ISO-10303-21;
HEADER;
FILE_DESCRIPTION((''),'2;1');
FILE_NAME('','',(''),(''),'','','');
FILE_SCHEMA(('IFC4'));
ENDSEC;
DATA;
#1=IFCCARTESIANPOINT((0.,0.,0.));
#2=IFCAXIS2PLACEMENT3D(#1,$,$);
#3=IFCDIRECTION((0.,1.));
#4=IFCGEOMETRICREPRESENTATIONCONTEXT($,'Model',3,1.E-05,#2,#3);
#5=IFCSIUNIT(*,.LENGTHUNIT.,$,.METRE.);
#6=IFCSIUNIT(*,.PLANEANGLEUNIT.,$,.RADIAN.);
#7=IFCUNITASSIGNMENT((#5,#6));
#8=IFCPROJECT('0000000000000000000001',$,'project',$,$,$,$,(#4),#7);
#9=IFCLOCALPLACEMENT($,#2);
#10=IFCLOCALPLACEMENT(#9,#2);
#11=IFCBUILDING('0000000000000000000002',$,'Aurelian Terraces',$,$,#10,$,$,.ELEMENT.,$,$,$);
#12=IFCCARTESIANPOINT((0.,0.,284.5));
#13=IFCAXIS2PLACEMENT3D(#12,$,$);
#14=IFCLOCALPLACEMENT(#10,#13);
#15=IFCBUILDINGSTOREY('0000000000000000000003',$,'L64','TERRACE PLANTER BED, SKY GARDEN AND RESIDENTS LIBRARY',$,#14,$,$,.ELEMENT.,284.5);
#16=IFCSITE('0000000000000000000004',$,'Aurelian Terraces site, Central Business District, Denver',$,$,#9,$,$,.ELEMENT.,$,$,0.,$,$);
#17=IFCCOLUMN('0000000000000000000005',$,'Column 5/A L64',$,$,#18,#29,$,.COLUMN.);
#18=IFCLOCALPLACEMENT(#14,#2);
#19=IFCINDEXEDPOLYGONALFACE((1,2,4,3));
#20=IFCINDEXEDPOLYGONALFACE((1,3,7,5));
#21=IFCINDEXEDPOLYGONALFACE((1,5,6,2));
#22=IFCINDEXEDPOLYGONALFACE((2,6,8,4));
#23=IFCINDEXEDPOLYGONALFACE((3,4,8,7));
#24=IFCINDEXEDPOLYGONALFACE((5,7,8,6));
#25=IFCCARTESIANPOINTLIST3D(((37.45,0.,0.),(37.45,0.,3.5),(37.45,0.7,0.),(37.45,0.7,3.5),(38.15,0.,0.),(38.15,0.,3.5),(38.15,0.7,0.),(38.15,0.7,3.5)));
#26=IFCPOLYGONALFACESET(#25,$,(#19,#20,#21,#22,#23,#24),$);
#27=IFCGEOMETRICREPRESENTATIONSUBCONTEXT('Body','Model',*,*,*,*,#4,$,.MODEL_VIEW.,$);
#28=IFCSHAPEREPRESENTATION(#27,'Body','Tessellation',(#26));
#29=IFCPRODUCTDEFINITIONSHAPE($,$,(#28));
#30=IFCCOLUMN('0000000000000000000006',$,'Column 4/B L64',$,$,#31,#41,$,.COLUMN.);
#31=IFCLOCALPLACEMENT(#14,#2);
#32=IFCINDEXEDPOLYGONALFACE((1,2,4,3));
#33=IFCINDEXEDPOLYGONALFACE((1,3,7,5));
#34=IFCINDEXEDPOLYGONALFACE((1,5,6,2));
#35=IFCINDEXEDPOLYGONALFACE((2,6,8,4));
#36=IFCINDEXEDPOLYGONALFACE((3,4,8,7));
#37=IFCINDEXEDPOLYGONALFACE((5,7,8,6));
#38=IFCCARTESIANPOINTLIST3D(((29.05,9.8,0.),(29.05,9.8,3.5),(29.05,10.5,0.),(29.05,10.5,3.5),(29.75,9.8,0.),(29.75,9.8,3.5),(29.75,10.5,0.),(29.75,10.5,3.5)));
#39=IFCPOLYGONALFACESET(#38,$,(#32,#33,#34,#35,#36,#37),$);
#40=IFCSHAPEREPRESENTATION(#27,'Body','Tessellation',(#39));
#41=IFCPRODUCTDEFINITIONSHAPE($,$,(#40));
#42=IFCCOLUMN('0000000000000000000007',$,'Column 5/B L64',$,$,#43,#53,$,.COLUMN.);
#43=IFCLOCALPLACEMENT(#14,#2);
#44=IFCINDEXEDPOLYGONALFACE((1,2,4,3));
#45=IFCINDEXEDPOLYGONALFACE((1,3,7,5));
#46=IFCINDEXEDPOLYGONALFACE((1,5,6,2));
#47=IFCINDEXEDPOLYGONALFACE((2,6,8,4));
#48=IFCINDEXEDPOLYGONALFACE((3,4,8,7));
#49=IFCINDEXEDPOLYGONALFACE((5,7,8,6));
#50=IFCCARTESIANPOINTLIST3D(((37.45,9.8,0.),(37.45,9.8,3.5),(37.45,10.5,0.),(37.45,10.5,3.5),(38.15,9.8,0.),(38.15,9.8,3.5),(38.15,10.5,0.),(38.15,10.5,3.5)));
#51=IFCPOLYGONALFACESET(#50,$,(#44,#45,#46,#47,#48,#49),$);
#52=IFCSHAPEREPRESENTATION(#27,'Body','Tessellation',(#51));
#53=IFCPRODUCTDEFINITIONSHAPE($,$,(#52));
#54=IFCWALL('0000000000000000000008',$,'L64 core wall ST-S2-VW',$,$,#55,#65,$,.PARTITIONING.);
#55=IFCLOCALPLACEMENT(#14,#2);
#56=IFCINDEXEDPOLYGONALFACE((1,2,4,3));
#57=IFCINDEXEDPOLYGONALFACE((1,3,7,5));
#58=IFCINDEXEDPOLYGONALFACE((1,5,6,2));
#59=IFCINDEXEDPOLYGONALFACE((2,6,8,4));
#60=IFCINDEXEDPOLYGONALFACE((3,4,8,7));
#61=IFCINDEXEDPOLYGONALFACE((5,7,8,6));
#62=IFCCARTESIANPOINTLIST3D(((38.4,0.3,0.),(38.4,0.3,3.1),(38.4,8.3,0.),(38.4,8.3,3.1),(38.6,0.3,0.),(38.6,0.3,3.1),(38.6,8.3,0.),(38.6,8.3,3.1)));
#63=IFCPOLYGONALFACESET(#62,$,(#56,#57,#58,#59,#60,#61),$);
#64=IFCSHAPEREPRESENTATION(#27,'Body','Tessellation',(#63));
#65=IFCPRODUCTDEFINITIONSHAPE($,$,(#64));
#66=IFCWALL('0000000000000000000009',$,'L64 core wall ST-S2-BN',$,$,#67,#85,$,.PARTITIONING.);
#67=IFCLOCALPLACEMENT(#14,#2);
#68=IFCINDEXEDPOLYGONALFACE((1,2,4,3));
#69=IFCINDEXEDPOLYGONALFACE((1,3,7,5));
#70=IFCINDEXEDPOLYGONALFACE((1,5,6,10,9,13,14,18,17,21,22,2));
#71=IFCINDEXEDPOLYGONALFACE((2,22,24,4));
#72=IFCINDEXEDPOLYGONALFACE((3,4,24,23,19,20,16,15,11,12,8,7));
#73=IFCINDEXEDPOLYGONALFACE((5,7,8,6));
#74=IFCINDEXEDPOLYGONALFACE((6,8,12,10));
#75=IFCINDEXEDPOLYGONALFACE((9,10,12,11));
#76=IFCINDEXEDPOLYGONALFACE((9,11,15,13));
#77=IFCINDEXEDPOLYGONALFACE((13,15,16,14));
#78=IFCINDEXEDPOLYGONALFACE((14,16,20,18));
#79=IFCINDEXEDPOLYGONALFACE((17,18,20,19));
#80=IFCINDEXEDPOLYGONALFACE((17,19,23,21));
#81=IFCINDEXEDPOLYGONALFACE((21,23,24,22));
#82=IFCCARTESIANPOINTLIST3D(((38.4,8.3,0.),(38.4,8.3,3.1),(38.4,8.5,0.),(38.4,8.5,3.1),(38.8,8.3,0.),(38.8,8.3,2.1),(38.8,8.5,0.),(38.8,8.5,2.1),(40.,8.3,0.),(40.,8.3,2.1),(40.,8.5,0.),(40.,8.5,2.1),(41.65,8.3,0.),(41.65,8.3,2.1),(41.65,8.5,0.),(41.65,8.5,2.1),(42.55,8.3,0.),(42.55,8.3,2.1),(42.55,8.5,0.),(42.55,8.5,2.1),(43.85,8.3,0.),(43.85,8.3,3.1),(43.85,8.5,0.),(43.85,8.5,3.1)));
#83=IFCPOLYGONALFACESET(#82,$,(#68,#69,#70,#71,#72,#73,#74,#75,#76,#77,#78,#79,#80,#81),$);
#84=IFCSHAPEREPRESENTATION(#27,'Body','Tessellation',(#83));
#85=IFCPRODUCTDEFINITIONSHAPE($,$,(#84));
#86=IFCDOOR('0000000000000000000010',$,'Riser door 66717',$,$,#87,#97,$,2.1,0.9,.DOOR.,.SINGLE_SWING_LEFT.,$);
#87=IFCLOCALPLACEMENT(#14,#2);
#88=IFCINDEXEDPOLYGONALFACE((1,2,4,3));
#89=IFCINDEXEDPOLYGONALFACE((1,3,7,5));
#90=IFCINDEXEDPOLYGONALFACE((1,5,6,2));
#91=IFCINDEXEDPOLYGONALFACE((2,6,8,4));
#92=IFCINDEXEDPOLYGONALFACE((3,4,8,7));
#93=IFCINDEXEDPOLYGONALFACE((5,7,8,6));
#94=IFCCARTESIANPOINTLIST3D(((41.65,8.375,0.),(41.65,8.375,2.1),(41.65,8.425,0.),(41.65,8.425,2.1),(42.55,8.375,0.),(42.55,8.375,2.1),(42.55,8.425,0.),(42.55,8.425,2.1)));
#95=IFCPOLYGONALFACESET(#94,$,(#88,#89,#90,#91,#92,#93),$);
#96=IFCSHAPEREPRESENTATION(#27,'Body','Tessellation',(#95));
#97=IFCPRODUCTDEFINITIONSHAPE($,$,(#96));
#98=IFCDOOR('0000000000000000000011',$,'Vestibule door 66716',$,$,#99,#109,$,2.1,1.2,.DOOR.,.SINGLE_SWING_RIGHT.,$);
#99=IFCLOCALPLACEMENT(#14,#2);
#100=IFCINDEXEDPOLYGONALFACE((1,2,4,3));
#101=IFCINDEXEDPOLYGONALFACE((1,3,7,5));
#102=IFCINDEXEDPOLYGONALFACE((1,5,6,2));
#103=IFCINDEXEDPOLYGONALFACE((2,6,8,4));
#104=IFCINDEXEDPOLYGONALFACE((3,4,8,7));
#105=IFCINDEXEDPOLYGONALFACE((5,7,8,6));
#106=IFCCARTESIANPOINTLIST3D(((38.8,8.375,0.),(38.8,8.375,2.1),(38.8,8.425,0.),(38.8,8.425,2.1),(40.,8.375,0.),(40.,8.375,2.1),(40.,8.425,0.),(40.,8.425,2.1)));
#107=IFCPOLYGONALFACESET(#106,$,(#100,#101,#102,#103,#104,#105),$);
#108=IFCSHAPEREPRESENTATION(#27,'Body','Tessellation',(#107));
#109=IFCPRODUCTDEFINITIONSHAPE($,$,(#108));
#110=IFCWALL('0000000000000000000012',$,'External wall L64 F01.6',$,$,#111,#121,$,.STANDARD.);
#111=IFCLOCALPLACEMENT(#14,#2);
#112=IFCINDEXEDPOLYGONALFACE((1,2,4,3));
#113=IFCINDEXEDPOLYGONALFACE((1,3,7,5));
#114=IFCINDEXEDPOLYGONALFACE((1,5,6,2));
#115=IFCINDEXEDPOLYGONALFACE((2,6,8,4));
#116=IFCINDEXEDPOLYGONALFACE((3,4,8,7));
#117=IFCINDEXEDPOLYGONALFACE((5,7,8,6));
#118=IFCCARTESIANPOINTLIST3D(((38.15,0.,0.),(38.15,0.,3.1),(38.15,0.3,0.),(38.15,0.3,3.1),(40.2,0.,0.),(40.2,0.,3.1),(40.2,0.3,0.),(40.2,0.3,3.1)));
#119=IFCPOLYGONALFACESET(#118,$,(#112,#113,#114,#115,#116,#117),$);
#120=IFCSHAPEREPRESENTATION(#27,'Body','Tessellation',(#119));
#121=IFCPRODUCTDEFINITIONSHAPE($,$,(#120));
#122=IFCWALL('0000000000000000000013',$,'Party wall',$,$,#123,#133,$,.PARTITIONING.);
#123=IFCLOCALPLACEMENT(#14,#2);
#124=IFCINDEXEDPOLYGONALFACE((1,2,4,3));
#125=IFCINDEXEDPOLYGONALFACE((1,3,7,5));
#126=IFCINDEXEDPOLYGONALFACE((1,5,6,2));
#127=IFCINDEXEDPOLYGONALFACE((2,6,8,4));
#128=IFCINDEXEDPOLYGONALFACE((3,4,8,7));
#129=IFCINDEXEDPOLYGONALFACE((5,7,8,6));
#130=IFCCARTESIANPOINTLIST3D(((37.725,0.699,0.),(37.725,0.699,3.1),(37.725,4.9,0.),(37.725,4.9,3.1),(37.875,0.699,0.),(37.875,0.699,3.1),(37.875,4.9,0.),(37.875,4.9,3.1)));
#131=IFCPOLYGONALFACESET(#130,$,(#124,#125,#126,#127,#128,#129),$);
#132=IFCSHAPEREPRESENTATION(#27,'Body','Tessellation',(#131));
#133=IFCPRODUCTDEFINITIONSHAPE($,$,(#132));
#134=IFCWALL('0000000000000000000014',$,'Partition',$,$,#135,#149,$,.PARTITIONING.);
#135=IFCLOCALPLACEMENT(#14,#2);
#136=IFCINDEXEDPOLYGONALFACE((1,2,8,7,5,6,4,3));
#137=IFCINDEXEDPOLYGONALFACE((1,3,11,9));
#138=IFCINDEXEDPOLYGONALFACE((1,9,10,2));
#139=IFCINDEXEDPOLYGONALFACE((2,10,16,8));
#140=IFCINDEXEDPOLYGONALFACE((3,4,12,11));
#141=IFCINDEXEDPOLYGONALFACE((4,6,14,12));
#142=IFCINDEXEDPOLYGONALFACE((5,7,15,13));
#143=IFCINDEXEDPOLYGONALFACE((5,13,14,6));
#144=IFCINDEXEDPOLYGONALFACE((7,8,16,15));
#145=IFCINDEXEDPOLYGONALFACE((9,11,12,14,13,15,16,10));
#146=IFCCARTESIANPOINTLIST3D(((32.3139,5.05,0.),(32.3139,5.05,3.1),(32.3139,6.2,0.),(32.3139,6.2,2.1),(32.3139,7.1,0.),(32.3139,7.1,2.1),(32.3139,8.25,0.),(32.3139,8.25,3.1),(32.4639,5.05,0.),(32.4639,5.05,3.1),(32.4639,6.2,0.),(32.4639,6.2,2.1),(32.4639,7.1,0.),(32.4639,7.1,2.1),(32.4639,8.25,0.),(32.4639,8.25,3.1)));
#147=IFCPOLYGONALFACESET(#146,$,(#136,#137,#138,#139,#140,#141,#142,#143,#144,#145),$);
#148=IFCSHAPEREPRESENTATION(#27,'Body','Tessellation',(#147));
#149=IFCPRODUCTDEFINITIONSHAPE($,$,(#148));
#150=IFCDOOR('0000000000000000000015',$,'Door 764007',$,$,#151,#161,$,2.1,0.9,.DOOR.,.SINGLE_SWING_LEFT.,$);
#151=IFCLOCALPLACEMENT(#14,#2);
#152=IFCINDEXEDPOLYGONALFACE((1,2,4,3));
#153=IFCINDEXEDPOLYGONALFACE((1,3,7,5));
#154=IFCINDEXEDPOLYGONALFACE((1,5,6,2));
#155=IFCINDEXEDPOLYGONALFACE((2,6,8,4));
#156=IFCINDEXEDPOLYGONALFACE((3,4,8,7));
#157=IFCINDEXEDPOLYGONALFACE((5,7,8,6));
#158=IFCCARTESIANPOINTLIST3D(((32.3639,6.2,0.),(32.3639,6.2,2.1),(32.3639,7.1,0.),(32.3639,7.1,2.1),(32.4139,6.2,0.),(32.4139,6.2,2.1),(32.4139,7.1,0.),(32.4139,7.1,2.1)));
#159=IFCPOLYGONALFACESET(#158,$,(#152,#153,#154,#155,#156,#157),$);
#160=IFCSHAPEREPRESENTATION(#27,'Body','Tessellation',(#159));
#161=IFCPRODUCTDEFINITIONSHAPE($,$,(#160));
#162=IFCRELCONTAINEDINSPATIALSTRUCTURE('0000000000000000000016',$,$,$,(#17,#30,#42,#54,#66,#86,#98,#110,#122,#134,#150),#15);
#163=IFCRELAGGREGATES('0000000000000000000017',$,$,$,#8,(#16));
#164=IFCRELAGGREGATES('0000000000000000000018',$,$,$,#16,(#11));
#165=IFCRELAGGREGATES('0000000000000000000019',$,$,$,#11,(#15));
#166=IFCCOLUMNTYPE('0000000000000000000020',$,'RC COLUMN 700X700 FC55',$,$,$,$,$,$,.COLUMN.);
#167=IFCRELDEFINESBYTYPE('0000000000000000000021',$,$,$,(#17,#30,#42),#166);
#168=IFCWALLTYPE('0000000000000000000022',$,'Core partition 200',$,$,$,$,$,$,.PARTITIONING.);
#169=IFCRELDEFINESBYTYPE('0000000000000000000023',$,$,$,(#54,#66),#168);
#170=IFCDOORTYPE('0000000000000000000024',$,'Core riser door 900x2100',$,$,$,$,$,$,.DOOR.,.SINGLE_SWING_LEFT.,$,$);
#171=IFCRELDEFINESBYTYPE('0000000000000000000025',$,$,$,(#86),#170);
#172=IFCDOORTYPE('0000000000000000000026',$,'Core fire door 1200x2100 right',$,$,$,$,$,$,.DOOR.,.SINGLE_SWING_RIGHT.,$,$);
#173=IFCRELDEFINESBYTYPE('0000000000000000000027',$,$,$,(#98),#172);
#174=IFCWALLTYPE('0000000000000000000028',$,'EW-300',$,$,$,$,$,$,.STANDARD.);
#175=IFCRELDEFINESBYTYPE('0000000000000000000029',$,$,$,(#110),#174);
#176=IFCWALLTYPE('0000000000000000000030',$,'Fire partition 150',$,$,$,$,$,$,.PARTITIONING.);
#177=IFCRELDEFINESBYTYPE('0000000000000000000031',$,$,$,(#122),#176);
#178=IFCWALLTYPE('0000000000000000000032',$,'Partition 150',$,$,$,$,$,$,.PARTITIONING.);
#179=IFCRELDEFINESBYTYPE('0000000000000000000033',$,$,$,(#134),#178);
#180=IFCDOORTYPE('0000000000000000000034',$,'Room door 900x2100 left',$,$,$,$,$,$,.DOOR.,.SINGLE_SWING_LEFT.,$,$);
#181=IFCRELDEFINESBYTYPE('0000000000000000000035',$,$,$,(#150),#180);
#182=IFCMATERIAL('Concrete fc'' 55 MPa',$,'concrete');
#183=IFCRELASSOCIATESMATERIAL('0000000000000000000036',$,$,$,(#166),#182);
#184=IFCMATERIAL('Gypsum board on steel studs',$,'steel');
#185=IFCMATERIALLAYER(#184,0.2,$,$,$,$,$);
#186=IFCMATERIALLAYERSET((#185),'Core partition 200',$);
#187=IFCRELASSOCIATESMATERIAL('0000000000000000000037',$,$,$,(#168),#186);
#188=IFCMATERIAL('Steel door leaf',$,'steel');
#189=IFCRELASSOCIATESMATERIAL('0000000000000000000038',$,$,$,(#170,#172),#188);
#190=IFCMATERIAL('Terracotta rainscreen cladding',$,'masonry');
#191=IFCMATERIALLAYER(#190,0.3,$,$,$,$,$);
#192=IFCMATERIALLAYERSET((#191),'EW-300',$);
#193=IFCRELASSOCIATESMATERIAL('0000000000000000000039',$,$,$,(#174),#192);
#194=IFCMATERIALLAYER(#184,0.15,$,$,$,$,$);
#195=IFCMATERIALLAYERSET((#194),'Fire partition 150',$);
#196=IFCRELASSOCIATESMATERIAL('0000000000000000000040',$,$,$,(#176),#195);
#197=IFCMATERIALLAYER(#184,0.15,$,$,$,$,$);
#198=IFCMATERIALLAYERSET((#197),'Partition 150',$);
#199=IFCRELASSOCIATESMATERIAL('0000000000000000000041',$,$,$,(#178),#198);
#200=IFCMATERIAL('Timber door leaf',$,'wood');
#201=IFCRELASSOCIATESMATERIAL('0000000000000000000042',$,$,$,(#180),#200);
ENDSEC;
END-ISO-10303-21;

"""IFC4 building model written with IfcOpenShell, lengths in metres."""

from ifc_helpers import new_model, si_unit, direction, frame, frame_2d, origin, origin_2d, place, context, subcontext, project, spatial, rectangle, extrude, source, transform, mapped, material, layer, layer_set, material_profile, profile_set, type_object, element, fill, save


model = new_model("IFC4")

# Units and contexts
model_context = context("Model", 3, precision=1e-05, world=origin(), true_north=direction((0.0, 1.0)))
body_context = subcontext(model_context, "Body", "Model", "MODEL_VIEW")
ifc_project = project(units=[si_unit("LENGTHUNIT", "METRE"), si_unit("PLANEANGLEUNIT", "RADIAN")], contexts=[model_context])

# Site, building, storey
site_placement = place(None, origin())
site = spatial("IfcSite", under=ifc_project, at=site_placement, Name="Aurelian Terraces site, Central Business District, Denver", CompositionType="ELEMENT", RefElevation=0.0)
building_placement = place(site_placement, origin())
building = spatial("IfcBuilding", under=site, at=building_placement, Name="Aurelian Terraces", CompositionType="ELEMENT")
storey_placement = place(building_placement, frame((0.0, 0.0, 284.5)))
storey = spatial("IfcBuildingStorey", under=building, at=storey_placement, Name="L64", Description="TERRACE PLANTER BED, SKY GARDEN AND RESIDENTS LIBRARY", CompositionType="ELEMENT", Elevation=284.5)

# Columns
ifc_material_1 = material(Name="Concrete fc' 55 MPa", Category="concrete")
ifc_material_profile = material_profile(ifc_material_1, rectangle(XDim=0.7, YDim=0.7, at=origin_2d()))
ifc_profile_set = profile_set([ifc_material_profile], Name="Concrete fc' 55 MPa")
column_type = type_object("IfcColumnType", Name="RC COLUMN 700X700 FC55", PredefinedType="COLUMN", material=ifc_profile_set)
shared_shape_1 = source(origin(), body_context, "Body", "SweptSolid", [
    extrude(rectangle(XDim=0.7, YDim=0.7, at=origin_2d()), origin(), (0.0, 0.0, 1.0), 3.5),
])
for number, where, z_axis, x_axis, name in (
    (1, (37.8, 0.35, 0.0), (0.0, 0.0, 1.0), (1.0, 0.0, 0.0), "Column 5/A L64"),
    (2, (29.4, 10.15, 0.0), (0.0, 0.0, 1.0), (1.0, 0.0, 0.0), "Column 4/B L64"),
    (3, (37.8, 10.15, 0.0), (0.0, 0.0, 1.0), (1.0, 0.0, 0.0), "Column 5/B L64"),
):
    element("IfcColumn", number, at=place(storey_placement, frame(where, z_axis=z_axis, x_axis=x_axis)), inside=storey, type_object=column_type, Name=name, PredefinedType="COLUMN", context=body_context, shape_type="MappedRepresentation", body=[
        mapped(shared_shape_1, transform((0.0, 0.0, 0.0), scale=1.0)),
    ])

# Wall
ifc_material_2 = material(Name="Gypsum board on steel studs", Category="steel")
ifc_layer_1 = layer(ifc_material_2, 0.2)
ifc_layer_set_1 = layer_set([ifc_layer_1], Name="Core partition 200")
wall_type_1 = type_object("IfcWallType", Name="Core partition 200", PredefinedType="PARTITIONING", material=ifc_layer_set_1)
wall_1_placement = place(storey_placement, frame((38.5, 0.3, 0.0), z_axis=(0.0, 0.0, 1.0), x_axis=(0.0, 1.0, 0.0)))
element("IfcWall", 4, at=wall_1_placement, inside=storey, type_object=wall_type_1, Name="L64 core wall ST-S2-VW", PredefinedType="PARTITIONING", context=body_context, shape_type="SweptSolid", body=[
    extrude(rectangle(XDim=8.0, YDim=0.2, at=frame_2d((4.0, 0.0))), origin(), (0.0, 0.0, 1.0), 3.1),
])

# Wall, openings, doors
wall_2_placement = place(storey_placement, frame((38.4, 8.4, 0.0), z_axis=(0.0, 0.0, 1.0), x_axis=(1.0, 0.0, 0.0)))
wall_2 = element("IfcWall", 5, at=wall_2_placement, inside=storey, type_object=wall_type_1, Name="L64 core wall ST-S2-BN", PredefinedType="PARTITIONING", context=body_context, shape_type="SweptSolid", body=[
    extrude(rectangle(XDim=5.45, YDim=0.2, at=frame_2d((2.725, 0.0))), origin(), (0.0, 0.0, 1.0), 3.1),
])
shared_shape_2 = source(origin(), body_context, "Body", "SweptSolid", [
    extrude(rectangle(XDim=1.2, YDim=2.1, at=frame_2d((0.6, 1.05))), frame((0.0, 0.11, 0.0), z_axis=(0.0, -1.0, 0.0), x_axis=(1.0, 0.0, 0.0)), (0.0, 0.0, 1.0), 0.22),
])
opening_1_placement = place(wall_2_placement, frame((0.4, 0.0, 0.0)))
opening_1 = element("IfcOpeningElement", 6, at=opening_1_placement, cuts=wall_2, PredefinedType="OPENING", context=body_context, shape_type="MappedRepresentation", body=[
    mapped(shared_shape_2, transform((0.0, 0.0, 0.0), scale=1.0)),
])
shared_shape_3 = source(origin(), body_context, "Body", "SweptSolid", [
    extrude(rectangle(XDim=0.9, YDim=2.1, at=frame_2d((0.45, 1.05))), frame((0.0, 0.11, 0.0), z_axis=(0.0, -1.0, 0.0), x_axis=(1.0, 0.0, 0.0)), (0.0, 0.0, 1.0), 0.22),
])
opening_2_placement = place(wall_2_placement, frame((3.25, 0.0, 0.0)))
opening_2 = element("IfcOpeningElement", 7, at=opening_2_placement, cuts=wall_2, PredefinedType="OPENING", context=body_context, shape_type="MappedRepresentation", body=[
    mapped(shared_shape_3, transform((0.0, 0.0, 0.0), scale=1.0)),
])
ifc_material_3 = material(Name="Steel door leaf", Category="steel")
door_type_1 = type_object("IfcDoorType", Name="Core riser door 900x2100", OperationType="SINGLE_SWING_LEFT", PredefinedType="DOOR", material=ifc_material_3)
shared_shape_4 = source(origin(), body_context, "Body", "SweptSolid", [
    extrude(rectangle(XDim=0.9, YDim=2.1, at=frame_2d((0.45, 1.05))), frame((0.0, 0.025, 0.0), z_axis=(0.0, -1.0, 0.0), x_axis=(1.0, 0.0, 0.0)), (0.0, 0.0, 1.0), 0.05),
])
door_1_placement = place(opening_2_placement, origin())
door_1 = element("IfcDoor", 8, at=door_1_placement, inside=storey, type_object=door_type_1, Name="Riser door 66717", OperationType="SINGLE_SWING_LEFT", OverallHeight=2.1, OverallWidth=0.9, PredefinedType="DOOR", context=body_context, shape_type="MappedRepresentation", body=[
    mapped(shared_shape_4, transform((0.0, 0.0, 0.0), scale=1.0)),
])
fill(opening_2, door_1)
door_type_2 = type_object("IfcDoorType", Name="Core fire door 1200x2100 right", OperationType="SINGLE_SWING_RIGHT", PredefinedType="DOOR", material=ifc_material_3)
shared_shape_5 = source(origin(), body_context, "Body", "SweptSolid", [
    extrude(rectangle(XDim=1.2, YDim=2.1, at=frame_2d((0.6, 1.05))), frame((0.0, 0.025, 0.0), z_axis=(0.0, -1.0, 0.0), x_axis=(1.0, 0.0, 0.0)), (0.0, 0.0, 1.0), 0.05),
])
door_2_placement = place(opening_1_placement, origin())
door_2 = element("IfcDoor", 9, at=door_2_placement, inside=storey, type_object=door_type_2, Name="Vestibule door 66716", OperationType="SINGLE_SWING_RIGHT", OverallHeight=2.1, OverallWidth=1.2, PredefinedType="DOOR", context=body_context, shape_type="MappedRepresentation", body=[
    mapped(shared_shape_5, transform((0.0, 0.0, 0.0), scale=1.0)),
])
fill(opening_1, door_2)

# Walls
ifc_material_4 = material(Name="Terracotta rainscreen cladding", Category="masonry")
ifc_layer_2 = layer(ifc_material_4, 0.3)
ifc_layer_set_2 = layer_set([ifc_layer_2], Name="EW-300")
wall_type_2 = type_object("IfcWallType", Name="EW-300", PredefinedType="STANDARD", material=ifc_layer_set_2)
wall_3_placement = place(storey_placement, frame((38.15, 0.15, 0.0), z_axis=(0.0, 0.0, 1.0), x_axis=(1.0, 0.0, 0.0)))
element("IfcWall", 10, at=wall_3_placement, inside=storey, type_object=wall_type_2, Name="External wall L64 F01.6", PredefinedType="STANDARD", context=body_context, shape_type="SweptSolid", body=[
    extrude(rectangle(XDim=2.05, YDim=0.3, at=frame_2d((1.025, 0.0))), origin(), (0.0, 0.0, 1.0), 3.1),
])
ifc_layer_3 = layer(ifc_material_2, 0.15)
ifc_layer_set_3 = layer_set([ifc_layer_3], Name="Fire partition 150")
wall_type_3 = type_object("IfcWallType", Name="Fire partition 150", PredefinedType="PARTITIONING", material=ifc_layer_set_3)
wall_4_placement = place(storey_placement, frame((37.8, 0.699, 0.0), z_axis=(0.0, 0.0, 1.0), x_axis=(0.0, 1.0, 0.0)))
element("IfcWall", 11, at=wall_4_placement, inside=storey, type_object=wall_type_3, Name="Party wall", PredefinedType="PARTITIONING", context=body_context, shape_type="SweptSolid", body=[
    extrude(rectangle(XDim=4.201, YDim=0.15, at=frame_2d((2.1005, 0.0))), origin(), (0.0, 0.0, 1.0), 3.1),
])

# Wall, opening, door
ifc_layer_4 = layer(ifc_material_2, 0.15)
ifc_layer_set_4 = layer_set([ifc_layer_4], Name="Partition 150")
wall_type_4 = type_object("IfcWallType", Name="Partition 150", PredefinedType="PARTITIONING", material=ifc_layer_set_4)
wall_5_placement = place(storey_placement, frame((32.3889, 5.05, 0.0), z_axis=(0.0, 0.0, 1.0), x_axis=(0.0, 1.0, 0.0)))
wall_5 = element("IfcWall", 12, at=wall_5_placement, inside=storey, type_object=wall_type_4, Name="Partition", PredefinedType="PARTITIONING", context=body_context, shape_type="SweptSolid", body=[
    extrude(rectangle(XDim=3.2, YDim=0.15, at=frame_2d((1.6, 0.0))), origin(), (0.0, 0.0, 1.0), 3.1),
])
shared_shape_6 = source(origin(), body_context, "Body", "SweptSolid", [
    extrude(rectangle(XDim=0.9, YDim=2.1, at=frame_2d((0.45, 1.05))), frame((0.0, 0.085, 0.0), z_axis=(0.0, -1.0, 0.0), x_axis=(1.0, 0.0, 0.0)), (0.0, 0.0, 1.0), 0.17),
])
opening_3_placement = place(wall_5_placement, frame((1.15, 0.0, 0.0)))
opening_3 = element("IfcOpeningElement", 13, at=opening_3_placement, cuts=wall_5, PredefinedType="OPENING", context=body_context, shape_type="MappedRepresentation", body=[
    mapped(shared_shape_6, transform((0.0, 0.0, 0.0), scale=1.0)),
])
ifc_material_5 = material(Name="Timber door leaf", Category="wood")
door_type_3 = type_object("IfcDoorType", Name="Room door 900x2100 left", OperationType="SINGLE_SWING_LEFT", PredefinedType="DOOR", material=ifc_material_5)
door_3_placement = place(opening_3_placement, origin())
door_3 = element("IfcDoor", 14, at=door_3_placement, inside=storey, type_object=door_type_3, Name="Door 764007", OperationType="SINGLE_SWING_LEFT", OverallHeight=2.1, OverallWidth=0.9, PredefinedType="DOOR", context=body_context, shape_type="MappedRepresentation", body=[
    mapped(shared_shape_4, transform((0.0, 0.0, 0.0), scale=1.0)),
])
fill(opening_3, door_3)

save(model, "model.ifc")
